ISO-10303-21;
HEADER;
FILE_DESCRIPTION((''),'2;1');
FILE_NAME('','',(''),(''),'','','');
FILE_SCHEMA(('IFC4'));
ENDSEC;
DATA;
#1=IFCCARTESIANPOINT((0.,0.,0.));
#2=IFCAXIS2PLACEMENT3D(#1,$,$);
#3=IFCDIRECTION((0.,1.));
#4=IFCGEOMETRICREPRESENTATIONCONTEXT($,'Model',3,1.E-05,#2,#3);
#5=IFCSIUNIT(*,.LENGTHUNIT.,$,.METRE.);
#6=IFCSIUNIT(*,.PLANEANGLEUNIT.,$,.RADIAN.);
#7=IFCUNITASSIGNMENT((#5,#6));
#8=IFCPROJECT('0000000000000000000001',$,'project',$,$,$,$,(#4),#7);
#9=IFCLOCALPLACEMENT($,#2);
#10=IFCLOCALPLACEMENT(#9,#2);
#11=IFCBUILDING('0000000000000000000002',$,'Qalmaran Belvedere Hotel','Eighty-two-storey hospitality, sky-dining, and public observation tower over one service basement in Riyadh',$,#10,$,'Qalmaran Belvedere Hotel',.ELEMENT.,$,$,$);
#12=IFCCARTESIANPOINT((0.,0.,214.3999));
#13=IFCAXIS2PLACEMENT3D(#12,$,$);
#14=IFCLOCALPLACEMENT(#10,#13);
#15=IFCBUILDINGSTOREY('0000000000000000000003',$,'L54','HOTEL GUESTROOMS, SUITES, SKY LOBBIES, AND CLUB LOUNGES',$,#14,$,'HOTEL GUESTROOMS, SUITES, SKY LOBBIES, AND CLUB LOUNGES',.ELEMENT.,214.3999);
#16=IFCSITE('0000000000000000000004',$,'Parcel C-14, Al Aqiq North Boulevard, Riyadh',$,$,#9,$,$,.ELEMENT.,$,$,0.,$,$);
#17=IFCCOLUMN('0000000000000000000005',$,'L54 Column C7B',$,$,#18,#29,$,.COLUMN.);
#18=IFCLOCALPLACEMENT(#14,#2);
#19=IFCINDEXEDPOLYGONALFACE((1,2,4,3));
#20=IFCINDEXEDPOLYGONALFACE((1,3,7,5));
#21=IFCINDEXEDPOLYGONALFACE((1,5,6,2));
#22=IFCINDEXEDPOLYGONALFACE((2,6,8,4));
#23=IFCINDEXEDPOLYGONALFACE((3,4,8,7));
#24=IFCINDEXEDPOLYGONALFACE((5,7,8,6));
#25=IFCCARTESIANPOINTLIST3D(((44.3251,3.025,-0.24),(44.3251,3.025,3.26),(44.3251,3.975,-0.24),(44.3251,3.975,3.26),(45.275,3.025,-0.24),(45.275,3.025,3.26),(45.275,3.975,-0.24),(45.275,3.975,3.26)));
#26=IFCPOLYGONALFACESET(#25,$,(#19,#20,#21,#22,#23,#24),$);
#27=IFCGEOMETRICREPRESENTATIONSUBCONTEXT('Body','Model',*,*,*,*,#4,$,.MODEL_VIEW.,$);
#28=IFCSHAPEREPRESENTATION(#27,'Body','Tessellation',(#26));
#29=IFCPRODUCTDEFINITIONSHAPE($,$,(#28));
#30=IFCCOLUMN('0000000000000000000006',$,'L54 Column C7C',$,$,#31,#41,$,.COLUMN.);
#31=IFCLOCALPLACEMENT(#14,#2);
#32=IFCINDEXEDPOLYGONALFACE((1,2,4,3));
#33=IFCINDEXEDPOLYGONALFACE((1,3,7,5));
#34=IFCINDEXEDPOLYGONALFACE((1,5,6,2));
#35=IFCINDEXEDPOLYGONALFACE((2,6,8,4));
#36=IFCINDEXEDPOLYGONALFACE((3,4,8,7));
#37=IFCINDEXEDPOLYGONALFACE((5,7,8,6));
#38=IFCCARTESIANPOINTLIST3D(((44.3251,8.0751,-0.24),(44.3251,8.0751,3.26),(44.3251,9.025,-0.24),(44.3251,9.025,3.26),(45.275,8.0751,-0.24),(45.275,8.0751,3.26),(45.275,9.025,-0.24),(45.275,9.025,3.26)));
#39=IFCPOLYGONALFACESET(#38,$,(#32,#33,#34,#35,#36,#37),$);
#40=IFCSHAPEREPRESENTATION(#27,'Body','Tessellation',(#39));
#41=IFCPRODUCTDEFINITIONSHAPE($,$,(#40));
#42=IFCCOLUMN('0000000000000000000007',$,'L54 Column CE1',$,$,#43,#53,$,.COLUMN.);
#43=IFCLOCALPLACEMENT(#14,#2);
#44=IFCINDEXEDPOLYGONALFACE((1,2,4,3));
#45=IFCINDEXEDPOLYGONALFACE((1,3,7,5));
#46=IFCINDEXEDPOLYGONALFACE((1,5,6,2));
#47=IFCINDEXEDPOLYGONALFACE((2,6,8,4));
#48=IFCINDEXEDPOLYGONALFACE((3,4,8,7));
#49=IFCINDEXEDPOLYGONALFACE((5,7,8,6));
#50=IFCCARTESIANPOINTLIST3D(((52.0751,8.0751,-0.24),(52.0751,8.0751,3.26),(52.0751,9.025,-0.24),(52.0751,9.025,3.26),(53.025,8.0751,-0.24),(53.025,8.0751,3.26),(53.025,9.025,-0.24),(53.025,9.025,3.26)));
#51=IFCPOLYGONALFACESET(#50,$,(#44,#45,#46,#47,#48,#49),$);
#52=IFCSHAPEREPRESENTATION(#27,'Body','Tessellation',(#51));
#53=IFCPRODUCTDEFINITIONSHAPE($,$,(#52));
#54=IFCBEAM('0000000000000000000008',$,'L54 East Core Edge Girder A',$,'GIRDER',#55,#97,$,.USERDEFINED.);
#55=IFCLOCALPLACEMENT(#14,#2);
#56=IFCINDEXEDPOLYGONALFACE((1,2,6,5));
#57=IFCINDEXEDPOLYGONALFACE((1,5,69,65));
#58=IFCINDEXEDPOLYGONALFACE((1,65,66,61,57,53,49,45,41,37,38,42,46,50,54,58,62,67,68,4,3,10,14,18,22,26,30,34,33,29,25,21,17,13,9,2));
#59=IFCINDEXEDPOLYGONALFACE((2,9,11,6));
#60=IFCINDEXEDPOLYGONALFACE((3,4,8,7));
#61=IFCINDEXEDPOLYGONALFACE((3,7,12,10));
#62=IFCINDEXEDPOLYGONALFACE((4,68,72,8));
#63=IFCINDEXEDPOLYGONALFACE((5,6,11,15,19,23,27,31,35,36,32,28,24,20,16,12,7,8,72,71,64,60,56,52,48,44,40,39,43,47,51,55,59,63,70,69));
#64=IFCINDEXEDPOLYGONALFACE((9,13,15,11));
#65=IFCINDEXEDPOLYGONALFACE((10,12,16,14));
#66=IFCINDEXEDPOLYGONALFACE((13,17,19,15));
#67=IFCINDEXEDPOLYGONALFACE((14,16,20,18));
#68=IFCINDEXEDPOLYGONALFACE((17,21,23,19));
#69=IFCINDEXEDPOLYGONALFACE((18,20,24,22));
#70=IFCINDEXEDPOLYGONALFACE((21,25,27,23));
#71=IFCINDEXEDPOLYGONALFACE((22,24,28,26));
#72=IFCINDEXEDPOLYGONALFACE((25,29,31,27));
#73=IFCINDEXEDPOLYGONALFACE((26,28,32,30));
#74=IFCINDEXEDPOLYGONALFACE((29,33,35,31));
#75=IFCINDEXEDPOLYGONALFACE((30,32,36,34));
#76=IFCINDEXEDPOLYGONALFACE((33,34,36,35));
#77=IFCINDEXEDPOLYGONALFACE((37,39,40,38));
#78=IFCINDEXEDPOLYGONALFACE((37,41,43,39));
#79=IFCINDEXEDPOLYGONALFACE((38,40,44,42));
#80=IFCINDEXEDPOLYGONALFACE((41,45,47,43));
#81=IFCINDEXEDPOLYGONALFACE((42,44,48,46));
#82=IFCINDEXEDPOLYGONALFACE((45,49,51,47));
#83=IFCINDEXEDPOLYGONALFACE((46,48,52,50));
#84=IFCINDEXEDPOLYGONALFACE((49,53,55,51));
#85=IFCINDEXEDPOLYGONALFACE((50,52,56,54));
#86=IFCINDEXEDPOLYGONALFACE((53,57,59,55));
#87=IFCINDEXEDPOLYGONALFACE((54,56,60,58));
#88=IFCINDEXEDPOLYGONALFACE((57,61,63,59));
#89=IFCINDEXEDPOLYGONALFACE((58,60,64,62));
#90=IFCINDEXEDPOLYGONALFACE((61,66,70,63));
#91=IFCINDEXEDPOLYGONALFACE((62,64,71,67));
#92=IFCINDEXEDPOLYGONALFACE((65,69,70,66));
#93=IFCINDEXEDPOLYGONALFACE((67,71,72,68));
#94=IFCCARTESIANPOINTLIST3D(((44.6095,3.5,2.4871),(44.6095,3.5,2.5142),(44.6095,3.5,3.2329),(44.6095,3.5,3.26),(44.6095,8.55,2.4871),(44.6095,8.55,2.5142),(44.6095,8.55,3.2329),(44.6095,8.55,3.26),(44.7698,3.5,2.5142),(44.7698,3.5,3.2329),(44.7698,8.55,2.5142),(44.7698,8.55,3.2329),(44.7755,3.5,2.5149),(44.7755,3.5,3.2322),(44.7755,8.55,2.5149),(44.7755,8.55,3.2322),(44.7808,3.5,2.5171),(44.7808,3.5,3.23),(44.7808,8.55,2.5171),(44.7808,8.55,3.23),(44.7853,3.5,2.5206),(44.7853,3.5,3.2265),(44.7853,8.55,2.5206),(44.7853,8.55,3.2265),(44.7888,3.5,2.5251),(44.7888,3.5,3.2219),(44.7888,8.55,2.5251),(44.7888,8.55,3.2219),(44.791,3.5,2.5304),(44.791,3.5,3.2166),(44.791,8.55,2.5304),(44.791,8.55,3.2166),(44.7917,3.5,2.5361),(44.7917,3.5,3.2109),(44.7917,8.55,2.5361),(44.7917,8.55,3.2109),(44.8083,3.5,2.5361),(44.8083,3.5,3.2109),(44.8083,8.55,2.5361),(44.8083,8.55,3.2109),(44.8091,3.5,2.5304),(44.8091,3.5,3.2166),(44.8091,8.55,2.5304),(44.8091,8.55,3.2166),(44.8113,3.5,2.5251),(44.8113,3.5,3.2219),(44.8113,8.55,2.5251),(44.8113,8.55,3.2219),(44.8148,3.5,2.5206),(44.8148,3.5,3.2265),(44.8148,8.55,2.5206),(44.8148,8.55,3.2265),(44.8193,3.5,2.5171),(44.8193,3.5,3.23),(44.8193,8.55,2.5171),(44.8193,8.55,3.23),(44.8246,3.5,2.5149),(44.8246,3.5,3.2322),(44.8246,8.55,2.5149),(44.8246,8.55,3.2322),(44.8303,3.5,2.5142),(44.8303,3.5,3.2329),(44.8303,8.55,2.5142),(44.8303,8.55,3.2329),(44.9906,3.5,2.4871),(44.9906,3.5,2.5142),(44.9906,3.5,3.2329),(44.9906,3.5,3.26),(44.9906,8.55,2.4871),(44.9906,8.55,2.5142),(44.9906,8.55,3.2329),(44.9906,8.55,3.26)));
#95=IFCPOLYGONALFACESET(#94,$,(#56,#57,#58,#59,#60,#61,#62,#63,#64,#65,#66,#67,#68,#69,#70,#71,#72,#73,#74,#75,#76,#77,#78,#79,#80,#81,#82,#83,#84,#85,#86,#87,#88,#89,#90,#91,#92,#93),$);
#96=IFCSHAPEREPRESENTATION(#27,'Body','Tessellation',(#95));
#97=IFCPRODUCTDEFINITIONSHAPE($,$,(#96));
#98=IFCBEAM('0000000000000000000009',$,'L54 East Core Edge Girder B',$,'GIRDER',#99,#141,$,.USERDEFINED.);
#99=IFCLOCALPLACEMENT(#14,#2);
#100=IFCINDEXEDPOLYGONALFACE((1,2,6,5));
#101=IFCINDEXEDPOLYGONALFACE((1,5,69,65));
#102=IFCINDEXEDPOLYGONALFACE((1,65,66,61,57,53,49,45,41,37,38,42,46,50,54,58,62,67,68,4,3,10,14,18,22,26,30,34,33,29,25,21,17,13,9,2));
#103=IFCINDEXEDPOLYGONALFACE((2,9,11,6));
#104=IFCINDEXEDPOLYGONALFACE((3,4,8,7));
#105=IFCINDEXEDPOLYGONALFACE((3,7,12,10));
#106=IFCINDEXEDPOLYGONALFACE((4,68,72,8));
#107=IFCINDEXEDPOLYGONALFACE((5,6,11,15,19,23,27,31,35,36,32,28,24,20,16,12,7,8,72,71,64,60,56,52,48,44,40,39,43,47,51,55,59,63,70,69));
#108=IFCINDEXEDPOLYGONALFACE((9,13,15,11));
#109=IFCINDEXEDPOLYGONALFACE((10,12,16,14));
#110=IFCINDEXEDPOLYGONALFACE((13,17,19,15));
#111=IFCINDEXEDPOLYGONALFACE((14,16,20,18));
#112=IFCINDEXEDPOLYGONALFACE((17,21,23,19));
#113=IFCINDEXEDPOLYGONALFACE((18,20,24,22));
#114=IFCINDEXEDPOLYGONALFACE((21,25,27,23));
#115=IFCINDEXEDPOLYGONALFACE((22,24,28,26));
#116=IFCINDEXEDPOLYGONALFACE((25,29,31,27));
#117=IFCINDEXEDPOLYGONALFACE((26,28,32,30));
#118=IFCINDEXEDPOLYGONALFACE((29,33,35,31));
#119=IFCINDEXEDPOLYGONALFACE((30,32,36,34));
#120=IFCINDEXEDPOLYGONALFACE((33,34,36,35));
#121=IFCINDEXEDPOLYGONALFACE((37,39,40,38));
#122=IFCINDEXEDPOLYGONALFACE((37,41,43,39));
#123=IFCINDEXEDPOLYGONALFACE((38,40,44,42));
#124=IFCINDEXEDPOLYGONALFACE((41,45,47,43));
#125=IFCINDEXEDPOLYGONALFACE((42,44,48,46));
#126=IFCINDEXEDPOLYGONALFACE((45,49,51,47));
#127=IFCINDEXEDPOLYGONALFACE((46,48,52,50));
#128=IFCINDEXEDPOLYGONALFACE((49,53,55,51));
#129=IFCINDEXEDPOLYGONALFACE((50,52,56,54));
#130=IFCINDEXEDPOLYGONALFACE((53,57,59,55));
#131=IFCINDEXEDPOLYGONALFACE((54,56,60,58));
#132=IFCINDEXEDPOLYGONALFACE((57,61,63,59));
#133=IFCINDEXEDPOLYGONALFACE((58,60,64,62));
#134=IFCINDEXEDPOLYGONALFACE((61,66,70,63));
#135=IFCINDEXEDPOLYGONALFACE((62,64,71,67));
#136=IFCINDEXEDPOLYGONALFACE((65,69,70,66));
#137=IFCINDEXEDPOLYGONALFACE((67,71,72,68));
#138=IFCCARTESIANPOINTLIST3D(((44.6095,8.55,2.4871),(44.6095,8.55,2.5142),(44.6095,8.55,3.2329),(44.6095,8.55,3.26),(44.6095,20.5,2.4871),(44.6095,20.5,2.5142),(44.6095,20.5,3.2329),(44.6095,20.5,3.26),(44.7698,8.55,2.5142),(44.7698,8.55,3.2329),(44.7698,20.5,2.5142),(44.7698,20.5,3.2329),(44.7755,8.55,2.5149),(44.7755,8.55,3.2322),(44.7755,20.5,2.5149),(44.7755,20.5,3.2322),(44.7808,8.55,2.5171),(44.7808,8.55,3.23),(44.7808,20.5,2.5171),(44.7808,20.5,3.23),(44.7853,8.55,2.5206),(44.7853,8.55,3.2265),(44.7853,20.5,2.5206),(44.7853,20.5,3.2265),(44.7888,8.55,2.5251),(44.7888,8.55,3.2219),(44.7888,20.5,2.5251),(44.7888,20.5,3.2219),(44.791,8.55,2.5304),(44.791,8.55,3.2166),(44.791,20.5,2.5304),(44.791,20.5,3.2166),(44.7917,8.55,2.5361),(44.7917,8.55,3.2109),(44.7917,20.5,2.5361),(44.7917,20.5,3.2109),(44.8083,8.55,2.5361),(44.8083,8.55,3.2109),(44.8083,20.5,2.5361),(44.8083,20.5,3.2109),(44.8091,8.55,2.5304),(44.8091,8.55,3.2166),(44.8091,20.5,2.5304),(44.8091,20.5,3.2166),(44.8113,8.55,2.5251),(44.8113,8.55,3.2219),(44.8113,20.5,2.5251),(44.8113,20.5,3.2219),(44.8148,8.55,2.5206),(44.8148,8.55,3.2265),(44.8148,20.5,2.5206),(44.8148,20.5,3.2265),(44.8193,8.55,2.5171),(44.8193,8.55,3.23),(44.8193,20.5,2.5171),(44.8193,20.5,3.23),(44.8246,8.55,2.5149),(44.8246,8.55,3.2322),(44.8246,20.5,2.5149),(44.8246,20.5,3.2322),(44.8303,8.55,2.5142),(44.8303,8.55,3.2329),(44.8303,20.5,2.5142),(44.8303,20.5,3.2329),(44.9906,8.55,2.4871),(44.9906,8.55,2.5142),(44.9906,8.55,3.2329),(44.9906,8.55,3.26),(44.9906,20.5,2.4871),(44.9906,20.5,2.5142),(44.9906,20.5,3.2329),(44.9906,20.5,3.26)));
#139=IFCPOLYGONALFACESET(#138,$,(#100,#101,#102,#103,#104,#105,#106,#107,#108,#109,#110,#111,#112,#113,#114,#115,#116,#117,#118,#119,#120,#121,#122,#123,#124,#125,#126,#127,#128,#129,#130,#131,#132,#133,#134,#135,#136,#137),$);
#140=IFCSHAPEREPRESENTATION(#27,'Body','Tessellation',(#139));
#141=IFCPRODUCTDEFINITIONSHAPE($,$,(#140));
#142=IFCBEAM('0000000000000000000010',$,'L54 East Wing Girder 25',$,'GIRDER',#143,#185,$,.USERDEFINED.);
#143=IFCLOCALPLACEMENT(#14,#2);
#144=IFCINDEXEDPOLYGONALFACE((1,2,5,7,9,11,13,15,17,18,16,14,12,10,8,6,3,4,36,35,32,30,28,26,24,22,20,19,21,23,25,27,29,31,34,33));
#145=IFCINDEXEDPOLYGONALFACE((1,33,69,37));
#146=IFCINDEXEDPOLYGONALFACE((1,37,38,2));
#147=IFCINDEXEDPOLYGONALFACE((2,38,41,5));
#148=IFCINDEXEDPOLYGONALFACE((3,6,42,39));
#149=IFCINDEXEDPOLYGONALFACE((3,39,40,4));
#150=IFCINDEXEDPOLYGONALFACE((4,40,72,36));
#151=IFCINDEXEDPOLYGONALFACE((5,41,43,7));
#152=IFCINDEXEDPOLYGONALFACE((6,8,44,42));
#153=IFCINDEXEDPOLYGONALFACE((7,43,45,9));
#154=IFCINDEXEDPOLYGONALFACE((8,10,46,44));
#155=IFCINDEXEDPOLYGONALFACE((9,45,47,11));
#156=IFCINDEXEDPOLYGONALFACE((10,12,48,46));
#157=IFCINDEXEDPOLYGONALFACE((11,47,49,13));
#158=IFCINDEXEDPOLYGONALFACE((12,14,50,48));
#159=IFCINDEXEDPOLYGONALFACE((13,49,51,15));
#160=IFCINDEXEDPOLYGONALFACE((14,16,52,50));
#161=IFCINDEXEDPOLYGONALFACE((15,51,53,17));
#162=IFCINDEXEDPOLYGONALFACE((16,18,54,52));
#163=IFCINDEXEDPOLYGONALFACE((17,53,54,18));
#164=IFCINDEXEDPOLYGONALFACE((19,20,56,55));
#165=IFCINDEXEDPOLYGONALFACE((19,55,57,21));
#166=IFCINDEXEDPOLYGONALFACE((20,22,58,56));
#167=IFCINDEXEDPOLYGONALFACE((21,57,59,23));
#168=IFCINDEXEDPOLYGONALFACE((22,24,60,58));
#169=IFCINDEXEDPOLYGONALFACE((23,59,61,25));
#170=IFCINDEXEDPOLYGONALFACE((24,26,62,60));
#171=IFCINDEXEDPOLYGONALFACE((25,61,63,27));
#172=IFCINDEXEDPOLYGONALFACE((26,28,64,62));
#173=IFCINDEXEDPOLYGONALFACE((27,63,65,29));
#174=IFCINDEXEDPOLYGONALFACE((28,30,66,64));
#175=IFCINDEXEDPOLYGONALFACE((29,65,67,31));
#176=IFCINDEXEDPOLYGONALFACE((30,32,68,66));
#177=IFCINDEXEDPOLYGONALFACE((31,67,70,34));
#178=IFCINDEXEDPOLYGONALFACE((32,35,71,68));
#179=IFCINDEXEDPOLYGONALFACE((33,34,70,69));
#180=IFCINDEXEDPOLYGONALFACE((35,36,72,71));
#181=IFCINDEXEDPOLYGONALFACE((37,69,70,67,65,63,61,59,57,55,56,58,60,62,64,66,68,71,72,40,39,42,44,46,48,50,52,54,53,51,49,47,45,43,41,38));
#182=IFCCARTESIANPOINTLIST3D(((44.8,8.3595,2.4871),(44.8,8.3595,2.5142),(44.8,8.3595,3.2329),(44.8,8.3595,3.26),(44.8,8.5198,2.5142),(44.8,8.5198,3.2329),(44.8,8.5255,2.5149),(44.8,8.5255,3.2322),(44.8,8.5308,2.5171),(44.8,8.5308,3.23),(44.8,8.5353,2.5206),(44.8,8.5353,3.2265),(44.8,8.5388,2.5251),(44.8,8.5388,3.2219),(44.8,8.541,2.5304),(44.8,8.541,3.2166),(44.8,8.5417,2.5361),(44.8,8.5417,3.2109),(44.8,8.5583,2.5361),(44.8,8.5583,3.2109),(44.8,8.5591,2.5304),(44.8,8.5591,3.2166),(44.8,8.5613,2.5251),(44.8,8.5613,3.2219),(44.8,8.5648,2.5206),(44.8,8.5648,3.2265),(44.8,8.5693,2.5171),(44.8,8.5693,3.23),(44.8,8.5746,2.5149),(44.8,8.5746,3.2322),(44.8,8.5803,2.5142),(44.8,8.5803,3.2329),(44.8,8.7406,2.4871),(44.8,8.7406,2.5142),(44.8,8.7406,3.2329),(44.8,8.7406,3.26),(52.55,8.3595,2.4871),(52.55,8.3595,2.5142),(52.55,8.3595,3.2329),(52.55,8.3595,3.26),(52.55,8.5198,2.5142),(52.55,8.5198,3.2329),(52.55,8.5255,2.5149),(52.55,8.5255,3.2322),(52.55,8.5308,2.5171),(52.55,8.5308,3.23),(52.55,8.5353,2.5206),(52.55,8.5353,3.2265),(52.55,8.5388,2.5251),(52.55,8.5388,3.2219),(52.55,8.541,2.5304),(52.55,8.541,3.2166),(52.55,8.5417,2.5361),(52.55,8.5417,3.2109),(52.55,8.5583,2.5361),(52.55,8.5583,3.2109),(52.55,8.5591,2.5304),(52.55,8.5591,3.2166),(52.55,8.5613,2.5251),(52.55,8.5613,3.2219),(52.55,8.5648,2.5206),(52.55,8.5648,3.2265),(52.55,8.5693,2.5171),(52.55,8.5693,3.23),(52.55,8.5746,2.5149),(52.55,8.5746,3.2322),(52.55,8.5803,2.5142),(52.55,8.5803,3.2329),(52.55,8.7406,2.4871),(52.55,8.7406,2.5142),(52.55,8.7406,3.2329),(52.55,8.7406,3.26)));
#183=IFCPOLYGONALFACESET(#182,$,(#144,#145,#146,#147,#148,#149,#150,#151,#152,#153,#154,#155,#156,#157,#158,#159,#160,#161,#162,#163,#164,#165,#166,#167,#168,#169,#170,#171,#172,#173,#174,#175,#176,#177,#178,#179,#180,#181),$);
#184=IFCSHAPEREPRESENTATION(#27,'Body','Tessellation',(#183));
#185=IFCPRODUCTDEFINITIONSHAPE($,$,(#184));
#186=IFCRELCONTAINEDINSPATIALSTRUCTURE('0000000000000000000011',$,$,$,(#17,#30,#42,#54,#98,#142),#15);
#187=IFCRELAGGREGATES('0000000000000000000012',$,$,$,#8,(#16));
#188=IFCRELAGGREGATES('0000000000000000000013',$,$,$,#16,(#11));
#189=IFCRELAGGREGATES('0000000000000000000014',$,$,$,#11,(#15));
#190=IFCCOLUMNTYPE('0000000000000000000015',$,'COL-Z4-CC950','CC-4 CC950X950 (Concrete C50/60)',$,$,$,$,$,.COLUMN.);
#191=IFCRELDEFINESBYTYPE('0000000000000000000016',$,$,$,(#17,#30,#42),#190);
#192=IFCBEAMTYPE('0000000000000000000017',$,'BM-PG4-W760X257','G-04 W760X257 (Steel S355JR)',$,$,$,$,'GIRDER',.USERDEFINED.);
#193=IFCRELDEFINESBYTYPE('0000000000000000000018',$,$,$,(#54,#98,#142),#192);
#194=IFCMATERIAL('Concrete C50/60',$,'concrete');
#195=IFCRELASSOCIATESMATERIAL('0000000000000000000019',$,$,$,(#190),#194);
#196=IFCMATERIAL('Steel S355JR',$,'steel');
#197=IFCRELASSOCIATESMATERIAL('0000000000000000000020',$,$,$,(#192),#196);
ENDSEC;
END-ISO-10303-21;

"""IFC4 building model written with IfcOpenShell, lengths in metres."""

from ifc_helpers import new_model, si_unit, direction, frame, origin, origin_2d, place, context, subcontext, project, spatial, rectangle, i_section, extrude, material, material_profile, profile_set, type_object, element, save


model = new_model("IFC4")

# Units and contexts
model_context = context("Model", 3, precision=1e-05, world=origin(), true_north=direction((0.0, 1.0)))
body_context = subcontext(model_context, "Body", "Model", "MODEL_VIEW")
ifc_project = project(units=[si_unit("LENGTHUNIT", "METRE"), si_unit("PLANEANGLEUNIT", "RADIAN")], contexts=[model_context])

# Site, building, storey
site_placement = place(None, origin())
site = spatial("IfcSite", under=ifc_project, at=site_placement, Name="Parcel C-14, Al Aqiq North Boulevard, Riyadh", CompositionType="ELEMENT", RefElevation=0.0)
building_placement = place(site_placement, origin())
building = spatial("IfcBuilding", under=site, at=building_placement, Name="Qalmaran Belvedere Hotel", Description="Eighty-two-storey hospitality, sky-dining, and public observation tower over one service basement in Riyadh", LongName="Qalmaran Belvedere Hotel", CompositionType="ELEMENT")
storey_placement = place(building_placement, frame((0.0, 0.0, 214.3999)))
storey = spatial("IfcBuildingStorey", under=building, at=storey_placement, Name="L54", Description="HOTEL GUESTROOMS, SUITES, SKY LOBBIES, AND CLUB LOUNGES", LongName="HOTEL GUESTROOMS, SUITES, SKY LOBBIES, AND CLUB LOUNGES", CompositionType="ELEMENT", Elevation=214.3999)

# Columns
ifc_material_1 = material(Name="Concrete C50/60", Category="concrete")
ifc_material_profile_1 = material_profile(ifc_material_1, rectangle(XDim=0.95, YDim=0.95, at=origin_2d()), Name="CC950X950")
ifc_profile_set_1 = profile_set([ifc_material_profile_1], Name="Concrete C50/60")
column_type = type_object("IfcColumnType", Name="COL-Z4-CC950", Description="CC-4 CC950X950 (Concrete C50/60)", PredefinedType="COLUMN", material=ifc_profile_set_1)
for number, where, z_axis, x_axis, name in (
    (1, (44.8, 3.5, -0.24), (0.0, 0.0, 1.0), (1.0, 0.0, 0.0), "L54 Column C7B"),
    (2, (44.8, 8.55, -0.24), (0.0, 0.0, 1.0), (1.0, 0.0, 0.0), "L54 Column C7C"),
    (3, (52.55, 8.55, -0.24), (0.0, 0.0, 1.0), (1.0, 0.0, 0.0), "L54 Column CE1"),
):
    element("IfcColumn", number, at=place(storey_placement, frame(where, z_axis=z_axis, x_axis=x_axis)), inside=storey, type_object=column_type, Name=name, PredefinedType="COLUMN", context=body_context, shape_type="SweptSolid", body=[
        extrude(rectangle(XDim=0.95, YDim=0.95, at=origin_2d()), origin(), (0.0, 0.0, 1.0), 3.5),
    ])

# Beams
ifc_material_2 = material(Name="Steel S355JR", Category="steel")
ifc_material_profile_2 = material_profile(ifc_material_2, i_section(OverallWidth=0.3811, OverallDepth=0.7729, WebThickness=0.0166, FlangeThickness=0.0271, FilletRadius=0.022, at=origin_2d()), Name="W760X257")
ifc_profile_set_2 = profile_set([ifc_material_profile_2], Name="Steel S355JR")
beam_type_1 = type_object("IfcBeamType", Name="BM-PG4-W760X257", Description="G-04 W760X257 (Steel S355JR)", ElementType="GIRDER", PredefinedType="USERDEFINED", material=ifc_profile_set_2)
beam_1_placement = place(storey_placement, frame((44.8, 3.5, 2.8735), z_axis=(0.0, 1.0, 0.0), x_axis=(-1.0, 0.0, 0.0)))
element("IfcBeam", 4, at=beam_1_placement, inside=storey, type_object=beam_type_1, Name="L54 East Core Edge Girder A", ObjectType="GIRDER", PredefinedType="USERDEFINED", context=body_context, shape_type="SweptSolid", body=[
    extrude(i_section(OverallWidth=0.3811, OverallDepth=0.7729, WebThickness=0.0166, FlangeThickness=0.0271, FilletRadius=0.022, at=origin_2d()), origin(), (0.0, 0.0, 1.0), 5.05),
])
beam_2_placement = place(storey_placement, frame((44.8, 8.55, 2.8735), z_axis=(0.0, 1.0, 0.0), x_axis=(-1.0, 0.0, 0.0)))
element("IfcBeam", 5, at=beam_2_placement, inside=storey, type_object=beam_type_1, Name="L54 East Core Edge Girder B", ObjectType="GIRDER", PredefinedType="USERDEFINED", context=body_context, shape_type="SweptSolid", body=[
    extrude(i_section(OverallWidth=0.3811, OverallDepth=0.7729, WebThickness=0.0166, FlangeThickness=0.0271, FilletRadius=0.022, at=origin_2d()), origin(), (0.0, 0.0, 1.0), 11.95),
])
beam_3_placement = place(storey_placement, frame((44.8, 8.55, 2.8735), z_axis=(1.0, 0.0, 0.0), x_axis=(0.0, 1.0, 0.0)))
element("IfcBeam", 6, at=beam_3_placement, inside=storey, type_object=beam_type_1, Name="L54 East Wing Girder 25", ObjectType="GIRDER", PredefinedType="USERDEFINED", context=body_context, shape_type="SweptSolid", body=[
    extrude(i_section(OverallWidth=0.3811, OverallDepth=0.7729, WebThickness=0.0166, FlangeThickness=0.0271, FilletRadius=0.022, at=origin_2d()), origin(), (0.0, 0.0, 1.0), 7.75),
])

save(model, "model.ifc")
